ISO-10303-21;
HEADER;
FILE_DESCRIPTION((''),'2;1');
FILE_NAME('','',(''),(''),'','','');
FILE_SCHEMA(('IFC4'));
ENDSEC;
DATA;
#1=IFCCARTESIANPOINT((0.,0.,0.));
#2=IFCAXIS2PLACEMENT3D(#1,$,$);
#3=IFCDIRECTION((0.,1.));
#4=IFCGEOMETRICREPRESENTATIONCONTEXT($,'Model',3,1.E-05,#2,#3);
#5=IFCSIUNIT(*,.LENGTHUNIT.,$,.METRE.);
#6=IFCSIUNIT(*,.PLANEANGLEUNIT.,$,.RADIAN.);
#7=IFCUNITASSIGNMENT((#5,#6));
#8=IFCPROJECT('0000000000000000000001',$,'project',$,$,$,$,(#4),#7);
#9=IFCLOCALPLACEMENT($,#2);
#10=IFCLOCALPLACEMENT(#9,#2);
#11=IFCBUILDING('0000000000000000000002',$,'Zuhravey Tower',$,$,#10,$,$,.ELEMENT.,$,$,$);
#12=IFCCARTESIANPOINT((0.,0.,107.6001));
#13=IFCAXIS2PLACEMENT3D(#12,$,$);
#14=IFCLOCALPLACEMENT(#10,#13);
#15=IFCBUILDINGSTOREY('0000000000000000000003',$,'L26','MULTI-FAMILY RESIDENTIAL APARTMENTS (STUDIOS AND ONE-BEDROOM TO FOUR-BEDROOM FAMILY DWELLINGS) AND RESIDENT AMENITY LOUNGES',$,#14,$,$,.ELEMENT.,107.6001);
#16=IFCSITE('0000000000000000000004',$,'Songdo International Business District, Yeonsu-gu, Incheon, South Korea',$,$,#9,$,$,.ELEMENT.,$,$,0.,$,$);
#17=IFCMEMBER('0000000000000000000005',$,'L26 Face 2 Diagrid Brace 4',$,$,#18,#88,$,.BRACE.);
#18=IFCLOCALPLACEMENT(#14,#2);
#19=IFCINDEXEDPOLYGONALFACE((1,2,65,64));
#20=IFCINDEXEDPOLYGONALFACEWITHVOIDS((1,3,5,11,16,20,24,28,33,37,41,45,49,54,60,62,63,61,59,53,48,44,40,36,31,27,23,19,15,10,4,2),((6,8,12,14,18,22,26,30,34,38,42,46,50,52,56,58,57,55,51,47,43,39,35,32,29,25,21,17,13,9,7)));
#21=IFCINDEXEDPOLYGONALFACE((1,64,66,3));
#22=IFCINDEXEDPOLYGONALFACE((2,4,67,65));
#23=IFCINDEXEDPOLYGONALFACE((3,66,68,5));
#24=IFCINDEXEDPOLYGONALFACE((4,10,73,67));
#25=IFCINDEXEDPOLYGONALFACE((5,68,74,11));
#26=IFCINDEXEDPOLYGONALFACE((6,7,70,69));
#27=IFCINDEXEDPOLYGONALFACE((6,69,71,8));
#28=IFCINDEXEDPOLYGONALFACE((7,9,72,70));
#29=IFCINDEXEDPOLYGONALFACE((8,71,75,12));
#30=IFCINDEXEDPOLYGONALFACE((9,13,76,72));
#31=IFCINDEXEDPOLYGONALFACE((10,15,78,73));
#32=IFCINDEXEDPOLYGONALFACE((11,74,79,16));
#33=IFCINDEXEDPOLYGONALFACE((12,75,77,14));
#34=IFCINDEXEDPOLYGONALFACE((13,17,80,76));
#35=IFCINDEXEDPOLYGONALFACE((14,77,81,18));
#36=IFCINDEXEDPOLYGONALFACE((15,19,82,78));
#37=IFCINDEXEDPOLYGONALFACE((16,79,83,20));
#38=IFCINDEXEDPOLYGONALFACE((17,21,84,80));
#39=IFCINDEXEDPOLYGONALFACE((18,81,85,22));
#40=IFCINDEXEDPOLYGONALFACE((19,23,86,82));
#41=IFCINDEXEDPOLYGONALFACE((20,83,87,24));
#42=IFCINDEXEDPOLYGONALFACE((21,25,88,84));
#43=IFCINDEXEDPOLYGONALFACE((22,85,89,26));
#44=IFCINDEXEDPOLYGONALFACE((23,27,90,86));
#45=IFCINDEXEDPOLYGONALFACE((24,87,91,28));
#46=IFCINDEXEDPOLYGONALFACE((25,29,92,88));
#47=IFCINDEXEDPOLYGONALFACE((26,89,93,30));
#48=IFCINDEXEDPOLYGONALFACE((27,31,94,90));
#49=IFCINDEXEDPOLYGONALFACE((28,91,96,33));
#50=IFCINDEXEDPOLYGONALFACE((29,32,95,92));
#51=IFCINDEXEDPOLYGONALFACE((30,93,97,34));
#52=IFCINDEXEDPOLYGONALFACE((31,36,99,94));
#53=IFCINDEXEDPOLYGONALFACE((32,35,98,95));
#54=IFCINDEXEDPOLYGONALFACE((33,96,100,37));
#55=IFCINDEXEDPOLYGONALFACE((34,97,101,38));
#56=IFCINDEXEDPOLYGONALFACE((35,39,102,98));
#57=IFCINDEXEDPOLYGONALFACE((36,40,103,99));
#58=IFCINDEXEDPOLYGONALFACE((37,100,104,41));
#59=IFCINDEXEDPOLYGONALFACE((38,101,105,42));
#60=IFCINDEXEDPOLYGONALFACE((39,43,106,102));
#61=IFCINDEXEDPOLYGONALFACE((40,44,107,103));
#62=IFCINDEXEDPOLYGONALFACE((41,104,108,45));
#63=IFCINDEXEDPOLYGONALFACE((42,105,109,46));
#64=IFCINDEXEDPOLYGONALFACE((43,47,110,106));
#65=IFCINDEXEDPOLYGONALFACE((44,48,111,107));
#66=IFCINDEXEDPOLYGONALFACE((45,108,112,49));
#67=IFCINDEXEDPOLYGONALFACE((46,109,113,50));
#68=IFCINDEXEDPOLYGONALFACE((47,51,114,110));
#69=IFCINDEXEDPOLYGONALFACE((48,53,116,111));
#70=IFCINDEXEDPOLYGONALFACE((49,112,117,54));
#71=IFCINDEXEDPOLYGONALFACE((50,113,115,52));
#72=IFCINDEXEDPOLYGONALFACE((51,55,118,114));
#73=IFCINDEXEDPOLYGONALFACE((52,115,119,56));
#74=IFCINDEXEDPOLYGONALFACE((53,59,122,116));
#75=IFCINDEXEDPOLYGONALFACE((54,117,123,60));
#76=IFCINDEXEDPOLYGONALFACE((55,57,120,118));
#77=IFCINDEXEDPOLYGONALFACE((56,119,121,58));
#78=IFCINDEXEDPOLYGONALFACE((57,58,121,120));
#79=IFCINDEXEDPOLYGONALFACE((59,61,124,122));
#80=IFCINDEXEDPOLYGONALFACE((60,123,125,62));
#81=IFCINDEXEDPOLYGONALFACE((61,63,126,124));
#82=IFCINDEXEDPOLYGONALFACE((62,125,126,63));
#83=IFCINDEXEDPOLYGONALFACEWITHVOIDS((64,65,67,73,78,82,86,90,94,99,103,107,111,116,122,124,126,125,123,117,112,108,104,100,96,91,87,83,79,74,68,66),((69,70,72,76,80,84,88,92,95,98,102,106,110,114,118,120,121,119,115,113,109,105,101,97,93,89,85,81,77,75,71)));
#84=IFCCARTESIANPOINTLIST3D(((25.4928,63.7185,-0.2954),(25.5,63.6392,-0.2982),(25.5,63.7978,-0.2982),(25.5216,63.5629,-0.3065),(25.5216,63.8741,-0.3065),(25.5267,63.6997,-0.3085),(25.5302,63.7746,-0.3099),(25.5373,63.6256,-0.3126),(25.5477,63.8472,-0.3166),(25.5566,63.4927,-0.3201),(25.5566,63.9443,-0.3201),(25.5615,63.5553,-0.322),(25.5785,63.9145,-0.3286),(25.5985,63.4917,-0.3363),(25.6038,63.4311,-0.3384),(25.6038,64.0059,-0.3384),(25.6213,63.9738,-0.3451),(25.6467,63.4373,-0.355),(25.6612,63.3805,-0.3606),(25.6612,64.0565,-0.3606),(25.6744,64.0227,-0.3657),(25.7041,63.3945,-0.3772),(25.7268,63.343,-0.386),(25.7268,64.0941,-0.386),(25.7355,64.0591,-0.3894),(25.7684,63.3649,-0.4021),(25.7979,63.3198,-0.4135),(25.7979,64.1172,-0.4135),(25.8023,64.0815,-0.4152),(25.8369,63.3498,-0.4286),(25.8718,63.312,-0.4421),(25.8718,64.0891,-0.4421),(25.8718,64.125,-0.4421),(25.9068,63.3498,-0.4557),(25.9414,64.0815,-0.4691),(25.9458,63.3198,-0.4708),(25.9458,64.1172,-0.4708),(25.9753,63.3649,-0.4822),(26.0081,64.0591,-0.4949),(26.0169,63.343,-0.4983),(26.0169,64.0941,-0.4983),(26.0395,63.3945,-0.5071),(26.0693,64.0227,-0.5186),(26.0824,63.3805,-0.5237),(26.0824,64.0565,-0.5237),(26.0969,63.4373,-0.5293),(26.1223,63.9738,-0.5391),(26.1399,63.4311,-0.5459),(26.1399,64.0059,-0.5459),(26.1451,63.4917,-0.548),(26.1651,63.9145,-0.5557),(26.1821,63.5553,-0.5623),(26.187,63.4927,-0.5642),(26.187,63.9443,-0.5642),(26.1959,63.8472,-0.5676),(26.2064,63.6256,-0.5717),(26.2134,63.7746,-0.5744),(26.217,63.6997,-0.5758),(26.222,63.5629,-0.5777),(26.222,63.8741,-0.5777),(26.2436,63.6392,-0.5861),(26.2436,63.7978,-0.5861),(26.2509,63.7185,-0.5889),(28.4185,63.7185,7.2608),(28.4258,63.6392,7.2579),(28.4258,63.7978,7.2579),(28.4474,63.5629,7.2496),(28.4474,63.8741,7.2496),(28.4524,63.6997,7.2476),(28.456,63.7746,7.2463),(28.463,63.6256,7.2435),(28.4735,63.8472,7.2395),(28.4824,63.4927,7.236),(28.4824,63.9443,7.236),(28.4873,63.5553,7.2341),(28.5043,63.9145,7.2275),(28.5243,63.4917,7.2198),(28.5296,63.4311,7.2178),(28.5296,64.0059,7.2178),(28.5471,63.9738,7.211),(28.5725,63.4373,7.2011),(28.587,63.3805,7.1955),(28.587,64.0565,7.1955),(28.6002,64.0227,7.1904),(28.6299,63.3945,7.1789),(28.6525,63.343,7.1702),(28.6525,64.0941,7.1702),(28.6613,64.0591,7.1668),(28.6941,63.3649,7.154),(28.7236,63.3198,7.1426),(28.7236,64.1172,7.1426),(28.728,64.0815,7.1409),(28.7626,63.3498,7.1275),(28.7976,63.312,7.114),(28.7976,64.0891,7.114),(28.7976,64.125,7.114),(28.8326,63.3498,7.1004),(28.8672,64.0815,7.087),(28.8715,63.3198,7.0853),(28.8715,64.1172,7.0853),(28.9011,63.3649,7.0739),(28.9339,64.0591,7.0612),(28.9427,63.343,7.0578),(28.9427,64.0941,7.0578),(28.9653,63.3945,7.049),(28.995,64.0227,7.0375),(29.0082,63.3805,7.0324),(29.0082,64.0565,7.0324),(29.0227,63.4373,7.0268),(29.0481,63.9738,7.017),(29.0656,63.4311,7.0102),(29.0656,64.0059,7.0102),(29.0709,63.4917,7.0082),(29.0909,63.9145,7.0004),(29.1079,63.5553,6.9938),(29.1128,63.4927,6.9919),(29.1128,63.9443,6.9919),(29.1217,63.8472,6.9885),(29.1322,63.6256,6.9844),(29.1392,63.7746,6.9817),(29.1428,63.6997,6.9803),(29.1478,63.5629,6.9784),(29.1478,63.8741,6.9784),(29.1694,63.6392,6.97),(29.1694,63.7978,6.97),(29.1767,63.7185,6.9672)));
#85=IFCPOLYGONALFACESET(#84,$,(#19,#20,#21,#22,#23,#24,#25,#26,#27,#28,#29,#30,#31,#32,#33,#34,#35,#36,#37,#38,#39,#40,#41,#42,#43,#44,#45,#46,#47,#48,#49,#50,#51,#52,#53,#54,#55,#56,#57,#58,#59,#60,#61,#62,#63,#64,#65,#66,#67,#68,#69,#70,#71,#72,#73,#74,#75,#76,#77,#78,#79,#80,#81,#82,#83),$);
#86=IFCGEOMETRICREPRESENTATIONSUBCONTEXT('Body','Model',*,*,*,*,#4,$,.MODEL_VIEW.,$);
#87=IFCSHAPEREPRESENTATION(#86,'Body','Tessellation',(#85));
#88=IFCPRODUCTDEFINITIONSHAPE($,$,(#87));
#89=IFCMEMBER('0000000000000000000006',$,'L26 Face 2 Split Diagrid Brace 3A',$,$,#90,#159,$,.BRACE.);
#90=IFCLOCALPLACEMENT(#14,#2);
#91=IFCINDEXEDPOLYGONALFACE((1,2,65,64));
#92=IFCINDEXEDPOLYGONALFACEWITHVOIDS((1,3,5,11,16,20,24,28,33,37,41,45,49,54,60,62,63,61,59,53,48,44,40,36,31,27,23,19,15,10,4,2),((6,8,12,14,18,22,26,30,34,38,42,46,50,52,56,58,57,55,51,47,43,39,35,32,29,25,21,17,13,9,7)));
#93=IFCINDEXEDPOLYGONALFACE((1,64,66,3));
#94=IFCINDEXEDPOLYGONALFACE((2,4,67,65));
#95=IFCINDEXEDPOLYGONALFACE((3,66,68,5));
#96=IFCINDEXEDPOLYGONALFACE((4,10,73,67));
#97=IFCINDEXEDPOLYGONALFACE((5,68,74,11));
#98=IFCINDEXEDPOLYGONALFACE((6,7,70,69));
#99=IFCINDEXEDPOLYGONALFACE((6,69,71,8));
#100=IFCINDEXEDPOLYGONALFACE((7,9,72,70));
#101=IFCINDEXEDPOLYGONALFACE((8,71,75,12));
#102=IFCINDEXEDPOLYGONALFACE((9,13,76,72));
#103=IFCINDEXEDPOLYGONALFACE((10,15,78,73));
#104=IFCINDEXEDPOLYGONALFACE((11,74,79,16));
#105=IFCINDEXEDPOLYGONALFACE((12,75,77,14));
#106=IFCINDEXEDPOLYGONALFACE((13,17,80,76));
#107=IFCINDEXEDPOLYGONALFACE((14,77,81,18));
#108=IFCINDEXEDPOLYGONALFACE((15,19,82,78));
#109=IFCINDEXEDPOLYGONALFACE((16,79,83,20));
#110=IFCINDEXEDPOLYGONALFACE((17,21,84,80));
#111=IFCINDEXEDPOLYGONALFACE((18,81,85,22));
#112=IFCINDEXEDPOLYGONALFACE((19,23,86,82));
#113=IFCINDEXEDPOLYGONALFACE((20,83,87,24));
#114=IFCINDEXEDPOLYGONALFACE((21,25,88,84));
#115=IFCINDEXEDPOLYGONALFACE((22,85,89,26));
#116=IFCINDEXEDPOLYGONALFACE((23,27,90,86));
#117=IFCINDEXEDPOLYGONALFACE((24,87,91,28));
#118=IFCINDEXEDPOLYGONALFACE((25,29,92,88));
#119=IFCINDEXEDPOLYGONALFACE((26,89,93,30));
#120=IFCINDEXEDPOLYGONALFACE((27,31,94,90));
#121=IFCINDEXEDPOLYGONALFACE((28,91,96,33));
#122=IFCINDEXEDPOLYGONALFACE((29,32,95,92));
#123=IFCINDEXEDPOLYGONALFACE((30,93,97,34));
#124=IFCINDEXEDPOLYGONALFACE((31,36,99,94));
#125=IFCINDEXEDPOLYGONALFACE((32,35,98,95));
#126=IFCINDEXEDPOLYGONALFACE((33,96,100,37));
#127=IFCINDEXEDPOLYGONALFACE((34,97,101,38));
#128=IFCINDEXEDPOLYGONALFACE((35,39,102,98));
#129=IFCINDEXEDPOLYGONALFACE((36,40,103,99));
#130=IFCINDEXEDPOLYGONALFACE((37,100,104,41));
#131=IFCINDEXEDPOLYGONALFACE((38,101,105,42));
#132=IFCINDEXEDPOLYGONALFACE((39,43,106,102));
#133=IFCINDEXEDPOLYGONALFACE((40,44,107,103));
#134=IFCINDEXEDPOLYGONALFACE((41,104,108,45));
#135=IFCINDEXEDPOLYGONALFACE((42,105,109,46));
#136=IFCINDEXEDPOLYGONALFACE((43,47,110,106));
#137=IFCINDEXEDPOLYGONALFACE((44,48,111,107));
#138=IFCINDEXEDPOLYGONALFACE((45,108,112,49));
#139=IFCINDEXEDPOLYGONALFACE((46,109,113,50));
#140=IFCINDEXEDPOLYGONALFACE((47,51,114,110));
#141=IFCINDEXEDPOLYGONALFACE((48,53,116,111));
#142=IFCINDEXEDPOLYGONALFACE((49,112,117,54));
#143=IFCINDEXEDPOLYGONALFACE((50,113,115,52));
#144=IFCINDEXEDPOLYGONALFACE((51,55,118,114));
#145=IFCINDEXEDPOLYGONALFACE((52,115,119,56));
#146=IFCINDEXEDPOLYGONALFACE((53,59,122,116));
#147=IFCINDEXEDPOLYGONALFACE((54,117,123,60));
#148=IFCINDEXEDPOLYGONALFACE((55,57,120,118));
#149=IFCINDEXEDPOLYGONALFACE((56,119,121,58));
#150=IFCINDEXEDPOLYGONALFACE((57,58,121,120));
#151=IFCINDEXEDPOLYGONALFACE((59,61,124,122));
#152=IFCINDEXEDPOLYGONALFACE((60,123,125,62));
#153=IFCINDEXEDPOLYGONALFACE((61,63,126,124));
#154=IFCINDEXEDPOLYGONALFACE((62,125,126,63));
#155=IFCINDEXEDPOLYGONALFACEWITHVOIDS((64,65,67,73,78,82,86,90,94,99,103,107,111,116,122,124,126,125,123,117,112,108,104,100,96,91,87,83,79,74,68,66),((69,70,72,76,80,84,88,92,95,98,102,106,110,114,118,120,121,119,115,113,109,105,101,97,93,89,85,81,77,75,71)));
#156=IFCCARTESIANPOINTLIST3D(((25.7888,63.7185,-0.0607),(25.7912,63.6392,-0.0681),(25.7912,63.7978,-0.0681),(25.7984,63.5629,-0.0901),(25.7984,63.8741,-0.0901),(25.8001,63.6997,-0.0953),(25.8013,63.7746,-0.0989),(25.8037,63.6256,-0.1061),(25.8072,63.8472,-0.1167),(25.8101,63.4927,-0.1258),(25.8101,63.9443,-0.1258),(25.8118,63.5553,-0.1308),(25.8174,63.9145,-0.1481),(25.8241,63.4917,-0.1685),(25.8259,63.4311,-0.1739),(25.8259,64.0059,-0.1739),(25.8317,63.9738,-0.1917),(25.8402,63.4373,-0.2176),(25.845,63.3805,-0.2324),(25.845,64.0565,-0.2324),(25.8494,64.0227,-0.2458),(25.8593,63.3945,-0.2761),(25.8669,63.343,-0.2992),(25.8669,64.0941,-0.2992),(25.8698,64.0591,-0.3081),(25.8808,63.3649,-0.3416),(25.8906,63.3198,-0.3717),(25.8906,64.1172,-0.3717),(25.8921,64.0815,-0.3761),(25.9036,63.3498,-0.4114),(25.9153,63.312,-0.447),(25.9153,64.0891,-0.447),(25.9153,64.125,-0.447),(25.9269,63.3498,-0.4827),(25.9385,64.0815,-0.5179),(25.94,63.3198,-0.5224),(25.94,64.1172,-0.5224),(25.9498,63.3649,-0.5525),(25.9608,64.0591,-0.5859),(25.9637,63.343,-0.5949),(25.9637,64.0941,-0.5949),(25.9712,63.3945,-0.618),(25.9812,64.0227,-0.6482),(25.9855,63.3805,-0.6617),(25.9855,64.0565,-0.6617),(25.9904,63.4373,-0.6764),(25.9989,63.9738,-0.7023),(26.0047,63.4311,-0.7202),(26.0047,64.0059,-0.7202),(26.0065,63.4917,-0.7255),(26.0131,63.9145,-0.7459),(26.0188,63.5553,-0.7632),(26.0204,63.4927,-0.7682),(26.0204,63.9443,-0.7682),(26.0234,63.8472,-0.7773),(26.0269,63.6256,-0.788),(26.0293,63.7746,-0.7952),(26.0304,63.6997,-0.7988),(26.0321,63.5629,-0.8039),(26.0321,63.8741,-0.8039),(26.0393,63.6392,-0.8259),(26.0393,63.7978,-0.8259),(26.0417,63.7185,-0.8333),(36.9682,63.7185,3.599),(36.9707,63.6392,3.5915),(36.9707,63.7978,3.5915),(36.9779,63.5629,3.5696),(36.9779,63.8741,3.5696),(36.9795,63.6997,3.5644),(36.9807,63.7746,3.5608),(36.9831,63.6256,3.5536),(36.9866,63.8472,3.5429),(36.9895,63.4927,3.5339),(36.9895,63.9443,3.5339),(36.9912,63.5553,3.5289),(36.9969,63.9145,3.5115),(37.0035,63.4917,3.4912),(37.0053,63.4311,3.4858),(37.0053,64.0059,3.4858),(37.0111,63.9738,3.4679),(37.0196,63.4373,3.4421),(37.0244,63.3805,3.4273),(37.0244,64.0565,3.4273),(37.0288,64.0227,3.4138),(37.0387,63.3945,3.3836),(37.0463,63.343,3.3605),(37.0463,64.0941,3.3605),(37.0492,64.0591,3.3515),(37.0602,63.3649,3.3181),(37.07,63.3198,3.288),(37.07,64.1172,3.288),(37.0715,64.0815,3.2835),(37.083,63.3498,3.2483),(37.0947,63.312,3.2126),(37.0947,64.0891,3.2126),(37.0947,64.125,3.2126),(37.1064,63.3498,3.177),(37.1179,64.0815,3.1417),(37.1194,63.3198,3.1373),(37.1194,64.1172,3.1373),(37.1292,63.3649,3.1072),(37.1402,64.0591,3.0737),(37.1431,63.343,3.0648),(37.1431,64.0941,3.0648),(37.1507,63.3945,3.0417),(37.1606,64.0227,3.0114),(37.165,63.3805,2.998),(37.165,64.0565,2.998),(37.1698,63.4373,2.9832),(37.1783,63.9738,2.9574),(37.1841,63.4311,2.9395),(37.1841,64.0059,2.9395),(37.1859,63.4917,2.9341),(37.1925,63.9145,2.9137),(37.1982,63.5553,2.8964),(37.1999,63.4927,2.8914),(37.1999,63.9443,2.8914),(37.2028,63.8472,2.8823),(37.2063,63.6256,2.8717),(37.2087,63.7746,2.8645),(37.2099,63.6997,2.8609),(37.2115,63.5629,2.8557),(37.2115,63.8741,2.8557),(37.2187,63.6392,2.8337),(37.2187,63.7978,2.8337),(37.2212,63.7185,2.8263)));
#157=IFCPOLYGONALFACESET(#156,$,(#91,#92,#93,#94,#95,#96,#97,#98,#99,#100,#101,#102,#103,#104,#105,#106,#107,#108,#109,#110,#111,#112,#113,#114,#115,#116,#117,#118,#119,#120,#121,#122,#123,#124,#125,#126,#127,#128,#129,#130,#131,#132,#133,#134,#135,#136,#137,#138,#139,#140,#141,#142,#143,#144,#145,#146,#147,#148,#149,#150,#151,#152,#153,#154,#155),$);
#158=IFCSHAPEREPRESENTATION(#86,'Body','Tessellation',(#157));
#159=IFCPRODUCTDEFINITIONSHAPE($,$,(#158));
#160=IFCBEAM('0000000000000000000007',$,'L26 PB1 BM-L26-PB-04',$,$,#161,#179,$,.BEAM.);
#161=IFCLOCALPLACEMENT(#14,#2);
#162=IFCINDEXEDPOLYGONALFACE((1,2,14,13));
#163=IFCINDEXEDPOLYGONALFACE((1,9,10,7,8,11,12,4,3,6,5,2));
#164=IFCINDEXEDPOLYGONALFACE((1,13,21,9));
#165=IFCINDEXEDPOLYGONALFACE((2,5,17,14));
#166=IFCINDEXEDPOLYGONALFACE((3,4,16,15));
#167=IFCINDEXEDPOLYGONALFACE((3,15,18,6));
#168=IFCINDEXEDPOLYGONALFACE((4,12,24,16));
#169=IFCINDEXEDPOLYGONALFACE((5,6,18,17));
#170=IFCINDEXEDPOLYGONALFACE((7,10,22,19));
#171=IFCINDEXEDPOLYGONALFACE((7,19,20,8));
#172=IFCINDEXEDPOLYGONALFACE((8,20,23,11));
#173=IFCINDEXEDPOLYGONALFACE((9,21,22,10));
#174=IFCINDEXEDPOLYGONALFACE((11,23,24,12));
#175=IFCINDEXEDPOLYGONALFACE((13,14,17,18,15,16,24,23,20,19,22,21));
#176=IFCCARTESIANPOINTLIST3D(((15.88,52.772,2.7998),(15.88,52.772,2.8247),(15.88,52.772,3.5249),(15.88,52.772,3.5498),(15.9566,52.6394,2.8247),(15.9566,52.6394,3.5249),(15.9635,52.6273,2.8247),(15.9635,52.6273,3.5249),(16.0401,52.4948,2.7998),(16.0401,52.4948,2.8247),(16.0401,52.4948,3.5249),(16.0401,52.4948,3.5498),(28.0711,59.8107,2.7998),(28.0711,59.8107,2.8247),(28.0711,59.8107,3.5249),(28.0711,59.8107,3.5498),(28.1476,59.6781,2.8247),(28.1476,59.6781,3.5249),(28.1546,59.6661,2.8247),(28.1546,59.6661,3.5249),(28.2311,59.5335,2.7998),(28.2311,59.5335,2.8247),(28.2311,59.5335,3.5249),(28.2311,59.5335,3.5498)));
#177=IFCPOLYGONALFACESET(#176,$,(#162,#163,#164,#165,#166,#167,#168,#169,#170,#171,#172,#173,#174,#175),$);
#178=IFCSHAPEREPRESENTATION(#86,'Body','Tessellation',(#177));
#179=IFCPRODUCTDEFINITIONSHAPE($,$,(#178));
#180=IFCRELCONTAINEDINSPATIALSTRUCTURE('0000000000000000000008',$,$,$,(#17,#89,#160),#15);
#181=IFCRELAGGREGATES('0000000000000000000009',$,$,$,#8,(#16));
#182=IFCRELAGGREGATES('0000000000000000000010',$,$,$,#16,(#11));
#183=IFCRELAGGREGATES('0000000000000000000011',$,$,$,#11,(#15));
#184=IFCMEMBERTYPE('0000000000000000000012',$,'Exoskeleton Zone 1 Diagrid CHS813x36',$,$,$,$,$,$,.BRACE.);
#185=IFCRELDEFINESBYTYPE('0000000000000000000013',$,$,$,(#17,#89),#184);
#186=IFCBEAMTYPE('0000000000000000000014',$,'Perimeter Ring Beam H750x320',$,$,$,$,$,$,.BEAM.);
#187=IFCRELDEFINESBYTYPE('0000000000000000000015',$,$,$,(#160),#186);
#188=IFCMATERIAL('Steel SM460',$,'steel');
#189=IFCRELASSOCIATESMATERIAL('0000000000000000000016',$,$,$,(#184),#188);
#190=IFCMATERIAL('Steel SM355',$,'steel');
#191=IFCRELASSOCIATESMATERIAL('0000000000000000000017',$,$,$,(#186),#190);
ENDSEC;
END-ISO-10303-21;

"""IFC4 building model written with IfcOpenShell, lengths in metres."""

from ifc_helpers import new_model, si_unit, direction, frame, origin, origin_2d, place, context, subcontext, project, spatial, hollow_circle, i_section, extrude, material, material_profile, profile_set, type_object, element, save


model = new_model("IFC4")

# Units and contexts
model_context = context("Model", 3, precision=1e-05, world=origin(), true_north=direction((0.0, 1.0)))
body_context = subcontext(model_context, "Body", "Model", "MODEL_VIEW")
ifc_project = project(units=[si_unit("LENGTHUNIT", "METRE"), si_unit("PLANEANGLEUNIT", "RADIAN")], contexts=[model_context])

# Site, building, storey
site_placement = place(None, origin())
site = spatial("IfcSite", under=ifc_project, at=site_placement, Name="Songdo International Business District, Yeonsu-gu, Incheon, South Korea", CompositionType="ELEMENT", RefElevation=0.0)
building_placement = place(site_placement, origin())
building = spatial("IfcBuilding", under=site, at=building_placement, Name="Zuhravey Tower", CompositionType="ELEMENT")
storey_placement = place(building_placement, frame((0.0, 0.0, 107.6001)))
storey = spatial("IfcBuildingStorey", under=building, at=storey_placement, Name="L26", Description="MULTI-FAMILY RESIDENTIAL APARTMENTS (STUDIOS AND ONE-BEDROOM TO FOUR-BEDROOM FAMILY DWELLINGS) AND RESIDENT AMENITY LOUNGES", CompositionType="ELEMENT", Elevation=107.6001)

# Members
ifc_material_1 = material(Name="Steel SM460", Category="steel")
ifc_material_profile_1 = material_profile(ifc_material_1, hollow_circle(Radius=0.4065, WallThickness=0.0359, at=origin_2d()), Name="CHS-812.8x36")
ifc_profile_set_1 = profile_set([ifc_material_profile_1], Name="Steel SM460")
member_type_1 = type_object("IfcMemberType", Name="Exoskeleton Zone 1 Diagrid CHS813x36", PredefinedType="BRACE", material=ifc_profile_set_1)
member_1_placement = place(storey_placement, frame((25.8718, 63.7185, -0.4421), z_axis=(0.361082, 0.0, 0.932534), x_axis=(0.0, 1.0, 0.0)))
element("IfcMember", 1, at=member_1_placement, inside=storey, type_object=member_type_1, Name="L26 Face 2 Diagrid Brace 4", PredefinedType="BRACE", context=body_context, shape_type="SweptSolid", body=[
    extrude(hollow_circle(Radius=0.4065, WallThickness=0.0359, at=origin_2d()), origin(), (0.0, 0.0, 1.0), 8.1028),
])
member_2_placement = place(storey_placement, frame((25.9153, 63.7185, -0.447), z_axis=(0.950373, 0.0, 0.311111), x_axis=(0.0, 1.0, 0.0)))
element("IfcMember", 2, at=member_2_placement, inside=storey, type_object=member_type_1, Name="L26 Face 2 Split Diagrid Brace 3A", PredefinedType="BRACE", context=body_context, shape_type="SweptSolid", body=[
    extrude(hollow_circle(Radius=0.4065, WallThickness=0.0359, at=origin_2d()), origin(), (0.0, 0.0, 1.0), 11.7632),
])

# Beam
ifc_material_2 = material(Name="Steel SM355", Category="steel")
ifc_material_profile_2 = material_profile(ifc_material_2, i_section(OverallWidth=0.3201, OverallDepth=0.75, WebThickness=0.0139, FlangeThickness=0.0249, at=origin_2d()), Name="H-750x320x14x25")
ifc_profile_set_2 = profile_set([ifc_material_profile_2], Name="Steel SM355")
beam_type_1 = type_object("IfcBeamType", Name="Perimeter Ring Beam H750x320", PredefinedType="BEAM", material=ifc_profile_set_2)
beam_1_placement = place(storey_placement, frame((28.1511, 59.6721, 3.1748), z_axis=(-0.866018, -0.500013, 0.0), x_axis=(0.500013, -0.866018, 0.0)))
element("IfcBeam", 3, at=beam_1_placement, inside=storey, type_object=beam_type_1, Name="L26 PB1 BM-L26-PB-04", PredefinedType="BEAM", context=body_context, shape_type="SweptSolid", body=[
    extrude(i_section(OverallWidth=0.3201, OverallDepth=0.75, WebThickness=0.0139, FlangeThickness=0.0249, at=origin_2d()), origin(), (0.0, 0.0, 1.0), 14.0771),
])

save(model, "model.ifc")
